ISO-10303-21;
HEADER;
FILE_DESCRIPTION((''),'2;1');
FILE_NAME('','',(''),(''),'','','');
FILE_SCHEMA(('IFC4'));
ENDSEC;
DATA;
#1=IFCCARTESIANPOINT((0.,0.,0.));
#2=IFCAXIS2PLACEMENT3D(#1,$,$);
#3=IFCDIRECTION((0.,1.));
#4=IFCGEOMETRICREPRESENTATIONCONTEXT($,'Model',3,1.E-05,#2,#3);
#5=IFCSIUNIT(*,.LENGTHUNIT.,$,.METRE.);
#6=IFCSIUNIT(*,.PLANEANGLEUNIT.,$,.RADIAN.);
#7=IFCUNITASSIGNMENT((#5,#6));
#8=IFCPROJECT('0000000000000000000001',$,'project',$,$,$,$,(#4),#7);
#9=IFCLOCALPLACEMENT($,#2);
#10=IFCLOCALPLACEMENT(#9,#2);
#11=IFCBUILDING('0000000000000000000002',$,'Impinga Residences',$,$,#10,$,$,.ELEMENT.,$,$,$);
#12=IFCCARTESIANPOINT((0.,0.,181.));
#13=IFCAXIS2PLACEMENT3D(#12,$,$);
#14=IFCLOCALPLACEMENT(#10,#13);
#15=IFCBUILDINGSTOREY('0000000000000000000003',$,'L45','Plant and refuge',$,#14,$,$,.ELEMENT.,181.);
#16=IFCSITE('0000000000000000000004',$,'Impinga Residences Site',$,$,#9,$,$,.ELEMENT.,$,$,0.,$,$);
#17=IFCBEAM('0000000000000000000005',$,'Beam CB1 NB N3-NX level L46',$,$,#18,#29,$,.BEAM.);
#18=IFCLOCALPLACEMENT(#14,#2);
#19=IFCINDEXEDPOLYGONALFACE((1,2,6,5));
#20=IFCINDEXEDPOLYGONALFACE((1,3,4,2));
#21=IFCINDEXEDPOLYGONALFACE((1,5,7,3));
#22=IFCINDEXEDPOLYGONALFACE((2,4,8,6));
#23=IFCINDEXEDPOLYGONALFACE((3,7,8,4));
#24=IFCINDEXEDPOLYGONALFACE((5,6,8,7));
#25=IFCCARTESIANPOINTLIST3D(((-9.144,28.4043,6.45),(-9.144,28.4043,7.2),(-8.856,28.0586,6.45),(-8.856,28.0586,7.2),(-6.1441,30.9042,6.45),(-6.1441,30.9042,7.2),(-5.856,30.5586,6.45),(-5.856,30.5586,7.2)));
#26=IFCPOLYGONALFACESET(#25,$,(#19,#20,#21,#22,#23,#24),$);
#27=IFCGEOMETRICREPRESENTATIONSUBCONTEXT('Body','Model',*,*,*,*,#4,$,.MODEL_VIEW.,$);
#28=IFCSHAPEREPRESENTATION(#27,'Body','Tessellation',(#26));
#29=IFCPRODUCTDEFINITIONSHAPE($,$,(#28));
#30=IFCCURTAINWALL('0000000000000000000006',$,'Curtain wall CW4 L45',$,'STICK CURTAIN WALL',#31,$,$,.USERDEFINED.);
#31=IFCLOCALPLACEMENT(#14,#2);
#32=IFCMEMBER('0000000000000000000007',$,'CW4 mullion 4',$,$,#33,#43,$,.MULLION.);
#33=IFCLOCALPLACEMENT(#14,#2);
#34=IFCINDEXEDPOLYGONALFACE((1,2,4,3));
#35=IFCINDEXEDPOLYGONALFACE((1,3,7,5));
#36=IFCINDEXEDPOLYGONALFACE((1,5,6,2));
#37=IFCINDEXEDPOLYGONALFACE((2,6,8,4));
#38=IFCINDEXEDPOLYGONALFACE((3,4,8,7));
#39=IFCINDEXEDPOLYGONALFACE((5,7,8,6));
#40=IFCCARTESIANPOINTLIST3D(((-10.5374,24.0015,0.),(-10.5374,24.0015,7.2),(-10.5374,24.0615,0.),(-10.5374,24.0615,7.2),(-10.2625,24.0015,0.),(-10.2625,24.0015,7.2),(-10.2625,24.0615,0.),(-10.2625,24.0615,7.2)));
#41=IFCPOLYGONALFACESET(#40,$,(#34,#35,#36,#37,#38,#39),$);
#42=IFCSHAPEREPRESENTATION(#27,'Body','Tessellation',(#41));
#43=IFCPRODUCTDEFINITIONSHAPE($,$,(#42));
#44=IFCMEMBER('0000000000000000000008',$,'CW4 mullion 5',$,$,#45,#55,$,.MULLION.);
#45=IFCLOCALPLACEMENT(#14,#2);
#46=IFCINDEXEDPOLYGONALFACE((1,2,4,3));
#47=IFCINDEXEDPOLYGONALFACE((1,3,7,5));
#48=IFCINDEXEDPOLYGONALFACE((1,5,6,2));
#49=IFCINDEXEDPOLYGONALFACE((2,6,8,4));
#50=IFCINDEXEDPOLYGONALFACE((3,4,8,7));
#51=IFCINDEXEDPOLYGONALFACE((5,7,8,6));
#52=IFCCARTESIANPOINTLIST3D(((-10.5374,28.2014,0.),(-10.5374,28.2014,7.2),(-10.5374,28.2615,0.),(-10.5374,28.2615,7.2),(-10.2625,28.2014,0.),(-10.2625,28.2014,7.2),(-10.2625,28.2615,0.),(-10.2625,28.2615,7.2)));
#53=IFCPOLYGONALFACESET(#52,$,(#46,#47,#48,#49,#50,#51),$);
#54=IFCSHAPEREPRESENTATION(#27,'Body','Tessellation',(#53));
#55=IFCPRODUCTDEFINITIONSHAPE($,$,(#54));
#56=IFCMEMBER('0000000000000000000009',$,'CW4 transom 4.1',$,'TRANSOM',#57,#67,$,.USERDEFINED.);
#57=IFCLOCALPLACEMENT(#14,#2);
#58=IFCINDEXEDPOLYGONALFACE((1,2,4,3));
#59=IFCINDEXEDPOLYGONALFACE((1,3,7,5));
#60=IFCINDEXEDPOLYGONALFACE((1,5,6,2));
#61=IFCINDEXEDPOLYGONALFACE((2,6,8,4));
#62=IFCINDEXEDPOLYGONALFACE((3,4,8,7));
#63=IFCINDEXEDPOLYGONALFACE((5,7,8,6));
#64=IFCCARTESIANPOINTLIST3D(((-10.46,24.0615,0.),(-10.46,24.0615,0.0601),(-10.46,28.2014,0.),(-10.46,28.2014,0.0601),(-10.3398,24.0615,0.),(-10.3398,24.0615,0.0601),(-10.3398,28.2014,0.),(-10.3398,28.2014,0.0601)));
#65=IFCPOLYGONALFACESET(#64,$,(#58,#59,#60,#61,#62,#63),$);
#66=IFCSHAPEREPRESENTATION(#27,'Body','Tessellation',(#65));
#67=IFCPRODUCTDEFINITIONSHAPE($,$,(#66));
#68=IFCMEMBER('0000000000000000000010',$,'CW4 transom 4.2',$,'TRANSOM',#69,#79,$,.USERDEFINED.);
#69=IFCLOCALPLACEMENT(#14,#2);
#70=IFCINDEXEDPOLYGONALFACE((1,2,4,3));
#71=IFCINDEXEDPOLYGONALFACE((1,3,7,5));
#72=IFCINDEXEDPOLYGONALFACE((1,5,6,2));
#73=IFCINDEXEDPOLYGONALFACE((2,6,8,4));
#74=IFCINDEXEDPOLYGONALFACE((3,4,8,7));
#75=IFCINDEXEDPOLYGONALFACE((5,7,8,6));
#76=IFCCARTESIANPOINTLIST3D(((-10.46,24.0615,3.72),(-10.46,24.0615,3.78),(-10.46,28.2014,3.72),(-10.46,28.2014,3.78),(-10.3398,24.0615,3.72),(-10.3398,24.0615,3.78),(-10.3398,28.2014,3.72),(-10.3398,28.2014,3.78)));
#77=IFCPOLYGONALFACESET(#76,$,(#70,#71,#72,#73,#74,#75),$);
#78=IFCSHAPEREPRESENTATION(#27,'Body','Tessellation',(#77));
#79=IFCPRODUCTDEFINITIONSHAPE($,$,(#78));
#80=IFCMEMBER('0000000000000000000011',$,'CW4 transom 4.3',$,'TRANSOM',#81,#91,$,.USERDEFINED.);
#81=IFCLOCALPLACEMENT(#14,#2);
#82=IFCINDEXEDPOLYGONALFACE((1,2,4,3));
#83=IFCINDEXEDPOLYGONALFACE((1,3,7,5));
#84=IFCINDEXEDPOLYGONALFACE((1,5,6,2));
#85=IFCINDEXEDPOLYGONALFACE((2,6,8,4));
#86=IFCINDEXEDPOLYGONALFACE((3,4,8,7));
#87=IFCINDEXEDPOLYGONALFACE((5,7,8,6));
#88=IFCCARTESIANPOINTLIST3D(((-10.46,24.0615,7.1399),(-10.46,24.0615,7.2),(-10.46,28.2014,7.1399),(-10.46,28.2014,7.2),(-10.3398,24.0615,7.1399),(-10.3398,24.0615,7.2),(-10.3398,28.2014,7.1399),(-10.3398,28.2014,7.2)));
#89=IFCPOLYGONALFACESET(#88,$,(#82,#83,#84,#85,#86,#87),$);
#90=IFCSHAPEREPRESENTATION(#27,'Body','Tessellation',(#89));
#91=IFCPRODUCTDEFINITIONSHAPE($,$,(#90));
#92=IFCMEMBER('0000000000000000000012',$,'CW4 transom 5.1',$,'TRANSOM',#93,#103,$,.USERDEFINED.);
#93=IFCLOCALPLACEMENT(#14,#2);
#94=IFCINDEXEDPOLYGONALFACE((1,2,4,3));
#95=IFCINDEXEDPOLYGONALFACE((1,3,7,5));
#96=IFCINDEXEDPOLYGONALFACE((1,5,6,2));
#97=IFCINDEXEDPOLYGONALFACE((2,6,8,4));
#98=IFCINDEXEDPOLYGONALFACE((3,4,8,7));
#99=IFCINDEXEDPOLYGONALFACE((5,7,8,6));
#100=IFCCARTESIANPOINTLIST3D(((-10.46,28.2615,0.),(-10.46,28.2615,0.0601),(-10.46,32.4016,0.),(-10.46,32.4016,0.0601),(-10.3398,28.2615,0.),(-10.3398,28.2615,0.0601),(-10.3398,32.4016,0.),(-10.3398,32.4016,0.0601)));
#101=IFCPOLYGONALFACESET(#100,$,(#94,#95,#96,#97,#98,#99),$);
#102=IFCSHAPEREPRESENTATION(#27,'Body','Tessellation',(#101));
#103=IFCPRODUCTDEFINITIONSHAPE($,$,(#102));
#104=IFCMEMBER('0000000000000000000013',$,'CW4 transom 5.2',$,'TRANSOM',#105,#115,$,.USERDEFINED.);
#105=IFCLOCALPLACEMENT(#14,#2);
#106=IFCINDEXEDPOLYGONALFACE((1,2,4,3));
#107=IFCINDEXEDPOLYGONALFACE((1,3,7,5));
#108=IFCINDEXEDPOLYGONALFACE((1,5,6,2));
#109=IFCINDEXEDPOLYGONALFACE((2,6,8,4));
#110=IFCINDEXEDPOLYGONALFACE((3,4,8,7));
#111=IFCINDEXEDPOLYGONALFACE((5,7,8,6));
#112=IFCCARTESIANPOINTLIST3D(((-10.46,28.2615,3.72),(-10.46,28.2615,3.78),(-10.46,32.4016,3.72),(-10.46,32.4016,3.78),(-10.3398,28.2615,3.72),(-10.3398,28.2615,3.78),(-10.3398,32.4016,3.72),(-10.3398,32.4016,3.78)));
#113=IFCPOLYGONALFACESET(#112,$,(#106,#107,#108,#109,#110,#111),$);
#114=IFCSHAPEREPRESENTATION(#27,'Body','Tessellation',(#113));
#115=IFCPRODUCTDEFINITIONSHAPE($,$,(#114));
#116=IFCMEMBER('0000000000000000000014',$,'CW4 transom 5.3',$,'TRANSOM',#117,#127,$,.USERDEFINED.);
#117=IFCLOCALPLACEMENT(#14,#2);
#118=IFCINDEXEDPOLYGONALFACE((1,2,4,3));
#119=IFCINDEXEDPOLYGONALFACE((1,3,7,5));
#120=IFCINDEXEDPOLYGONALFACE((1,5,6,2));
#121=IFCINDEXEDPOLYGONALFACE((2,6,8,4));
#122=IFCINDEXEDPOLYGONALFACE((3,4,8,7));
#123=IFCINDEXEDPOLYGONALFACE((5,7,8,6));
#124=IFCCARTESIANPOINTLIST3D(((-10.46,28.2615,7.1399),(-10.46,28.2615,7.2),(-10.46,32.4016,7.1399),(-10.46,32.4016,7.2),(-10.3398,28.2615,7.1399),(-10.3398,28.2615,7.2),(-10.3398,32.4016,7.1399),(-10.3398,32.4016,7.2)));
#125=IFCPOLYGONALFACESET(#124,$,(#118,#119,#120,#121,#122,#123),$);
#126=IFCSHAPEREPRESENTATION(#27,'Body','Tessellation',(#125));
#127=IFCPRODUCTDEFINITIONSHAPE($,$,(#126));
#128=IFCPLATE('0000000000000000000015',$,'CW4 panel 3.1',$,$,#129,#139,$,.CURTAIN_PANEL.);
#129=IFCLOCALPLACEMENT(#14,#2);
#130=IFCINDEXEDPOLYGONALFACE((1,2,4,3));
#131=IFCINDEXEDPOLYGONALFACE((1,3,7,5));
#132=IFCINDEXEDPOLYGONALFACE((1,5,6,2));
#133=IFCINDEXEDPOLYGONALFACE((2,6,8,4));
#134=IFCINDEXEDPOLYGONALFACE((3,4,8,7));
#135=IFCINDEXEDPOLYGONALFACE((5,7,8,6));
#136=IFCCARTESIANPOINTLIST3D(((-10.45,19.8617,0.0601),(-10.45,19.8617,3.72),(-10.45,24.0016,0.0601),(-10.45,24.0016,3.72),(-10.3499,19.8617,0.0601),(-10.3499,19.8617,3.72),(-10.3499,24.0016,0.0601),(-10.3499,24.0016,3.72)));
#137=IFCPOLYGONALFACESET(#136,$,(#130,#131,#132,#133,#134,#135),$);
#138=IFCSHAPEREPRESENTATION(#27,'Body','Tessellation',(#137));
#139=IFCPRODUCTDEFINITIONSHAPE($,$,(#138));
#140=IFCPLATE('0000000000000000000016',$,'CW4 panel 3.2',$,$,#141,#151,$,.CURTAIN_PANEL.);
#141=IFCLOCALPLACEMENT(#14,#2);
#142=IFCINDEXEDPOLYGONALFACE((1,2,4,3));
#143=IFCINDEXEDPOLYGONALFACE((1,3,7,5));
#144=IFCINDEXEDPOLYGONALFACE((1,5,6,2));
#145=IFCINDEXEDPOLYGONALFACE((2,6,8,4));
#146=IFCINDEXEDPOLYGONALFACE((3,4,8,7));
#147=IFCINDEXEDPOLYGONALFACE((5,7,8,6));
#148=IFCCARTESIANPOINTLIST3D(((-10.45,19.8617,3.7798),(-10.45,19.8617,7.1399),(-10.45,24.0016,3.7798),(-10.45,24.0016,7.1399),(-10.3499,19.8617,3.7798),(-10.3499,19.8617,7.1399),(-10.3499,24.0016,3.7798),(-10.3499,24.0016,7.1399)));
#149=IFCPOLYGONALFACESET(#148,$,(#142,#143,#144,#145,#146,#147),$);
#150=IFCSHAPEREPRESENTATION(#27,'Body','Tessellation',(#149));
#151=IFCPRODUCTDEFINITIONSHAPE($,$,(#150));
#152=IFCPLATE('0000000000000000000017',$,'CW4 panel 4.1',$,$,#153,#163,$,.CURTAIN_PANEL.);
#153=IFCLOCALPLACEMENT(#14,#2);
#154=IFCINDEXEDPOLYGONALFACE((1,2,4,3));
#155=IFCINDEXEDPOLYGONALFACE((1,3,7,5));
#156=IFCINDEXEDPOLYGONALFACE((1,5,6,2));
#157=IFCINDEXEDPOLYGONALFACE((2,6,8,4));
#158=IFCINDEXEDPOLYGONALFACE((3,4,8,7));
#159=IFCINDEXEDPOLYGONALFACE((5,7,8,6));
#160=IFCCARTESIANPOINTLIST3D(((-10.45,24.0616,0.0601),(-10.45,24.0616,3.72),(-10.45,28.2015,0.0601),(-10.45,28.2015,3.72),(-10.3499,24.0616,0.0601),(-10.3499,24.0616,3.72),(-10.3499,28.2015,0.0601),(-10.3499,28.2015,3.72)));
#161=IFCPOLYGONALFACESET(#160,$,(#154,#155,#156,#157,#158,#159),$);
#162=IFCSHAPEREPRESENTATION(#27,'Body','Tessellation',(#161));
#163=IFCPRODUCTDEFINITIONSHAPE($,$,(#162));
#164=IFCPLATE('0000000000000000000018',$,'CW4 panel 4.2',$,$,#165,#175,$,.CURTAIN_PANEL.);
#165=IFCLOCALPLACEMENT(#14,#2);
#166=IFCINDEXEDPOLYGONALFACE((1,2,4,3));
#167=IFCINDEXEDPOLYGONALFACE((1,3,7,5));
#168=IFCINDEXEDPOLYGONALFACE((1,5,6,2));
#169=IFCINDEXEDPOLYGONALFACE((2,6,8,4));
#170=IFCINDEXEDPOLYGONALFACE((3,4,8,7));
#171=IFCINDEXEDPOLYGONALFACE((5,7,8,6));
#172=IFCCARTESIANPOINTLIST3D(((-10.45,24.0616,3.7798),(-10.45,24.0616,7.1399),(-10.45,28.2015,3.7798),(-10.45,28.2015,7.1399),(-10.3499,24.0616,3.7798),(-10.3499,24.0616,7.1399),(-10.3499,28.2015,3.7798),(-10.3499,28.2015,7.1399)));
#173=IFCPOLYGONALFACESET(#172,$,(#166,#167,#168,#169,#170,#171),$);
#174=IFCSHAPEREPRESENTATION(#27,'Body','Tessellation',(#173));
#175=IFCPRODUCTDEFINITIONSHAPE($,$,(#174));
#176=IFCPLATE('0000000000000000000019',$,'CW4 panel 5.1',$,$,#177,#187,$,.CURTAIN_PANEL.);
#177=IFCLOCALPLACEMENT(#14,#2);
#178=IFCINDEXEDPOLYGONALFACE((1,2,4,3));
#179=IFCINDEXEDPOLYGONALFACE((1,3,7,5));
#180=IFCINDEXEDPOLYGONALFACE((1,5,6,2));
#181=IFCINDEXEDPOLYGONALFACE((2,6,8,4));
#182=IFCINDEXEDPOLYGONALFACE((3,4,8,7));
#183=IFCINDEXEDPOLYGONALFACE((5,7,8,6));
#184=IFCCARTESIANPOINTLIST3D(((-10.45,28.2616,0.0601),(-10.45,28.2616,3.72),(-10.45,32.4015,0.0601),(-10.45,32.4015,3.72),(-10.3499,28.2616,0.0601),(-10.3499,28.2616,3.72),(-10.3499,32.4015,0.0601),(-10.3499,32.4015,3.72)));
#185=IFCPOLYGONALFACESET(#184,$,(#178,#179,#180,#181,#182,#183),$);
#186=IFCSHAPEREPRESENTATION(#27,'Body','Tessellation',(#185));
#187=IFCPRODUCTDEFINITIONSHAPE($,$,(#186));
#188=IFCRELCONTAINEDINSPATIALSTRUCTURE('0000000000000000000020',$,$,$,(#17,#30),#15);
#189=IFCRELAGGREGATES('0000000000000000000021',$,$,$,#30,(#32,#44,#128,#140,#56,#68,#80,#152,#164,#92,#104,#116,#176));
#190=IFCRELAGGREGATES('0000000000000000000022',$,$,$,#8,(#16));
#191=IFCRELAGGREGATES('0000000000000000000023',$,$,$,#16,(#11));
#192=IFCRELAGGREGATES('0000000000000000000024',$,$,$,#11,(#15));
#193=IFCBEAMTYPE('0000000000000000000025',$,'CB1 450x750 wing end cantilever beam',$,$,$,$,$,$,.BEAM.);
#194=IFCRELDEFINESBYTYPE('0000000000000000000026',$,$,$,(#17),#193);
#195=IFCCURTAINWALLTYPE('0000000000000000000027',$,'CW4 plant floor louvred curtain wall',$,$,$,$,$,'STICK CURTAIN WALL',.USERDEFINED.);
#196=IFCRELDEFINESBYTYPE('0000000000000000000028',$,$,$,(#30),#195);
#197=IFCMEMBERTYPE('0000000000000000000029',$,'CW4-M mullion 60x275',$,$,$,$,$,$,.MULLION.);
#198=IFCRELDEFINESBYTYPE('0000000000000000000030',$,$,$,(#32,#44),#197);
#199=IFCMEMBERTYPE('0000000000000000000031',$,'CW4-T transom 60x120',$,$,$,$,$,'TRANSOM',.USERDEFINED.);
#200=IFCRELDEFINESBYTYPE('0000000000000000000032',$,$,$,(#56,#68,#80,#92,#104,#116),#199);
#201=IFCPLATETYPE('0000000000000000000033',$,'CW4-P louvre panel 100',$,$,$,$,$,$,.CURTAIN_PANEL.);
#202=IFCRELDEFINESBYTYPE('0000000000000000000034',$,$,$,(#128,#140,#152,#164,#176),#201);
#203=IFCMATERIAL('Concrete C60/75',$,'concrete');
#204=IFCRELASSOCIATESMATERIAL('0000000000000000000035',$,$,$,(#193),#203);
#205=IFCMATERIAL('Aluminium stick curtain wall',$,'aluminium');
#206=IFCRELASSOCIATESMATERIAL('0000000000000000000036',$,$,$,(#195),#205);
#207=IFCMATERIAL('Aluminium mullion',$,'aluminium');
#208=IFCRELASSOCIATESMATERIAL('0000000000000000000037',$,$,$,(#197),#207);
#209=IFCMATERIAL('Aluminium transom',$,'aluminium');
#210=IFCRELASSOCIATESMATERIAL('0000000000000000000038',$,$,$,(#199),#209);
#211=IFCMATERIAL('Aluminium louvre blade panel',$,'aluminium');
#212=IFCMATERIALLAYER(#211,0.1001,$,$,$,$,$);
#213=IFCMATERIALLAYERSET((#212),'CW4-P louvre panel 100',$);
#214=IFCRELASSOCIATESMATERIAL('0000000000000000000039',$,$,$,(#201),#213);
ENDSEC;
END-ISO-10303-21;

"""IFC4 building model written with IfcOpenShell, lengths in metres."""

from ifc_helpers import new_model, si_unit, direction, frame, origin, origin_2d, place, context, subcontext, project, spatial, rectangle, extrude, material, layer, layer_set, material_profile, profile_set, type_object, element, aggregate, save


model = new_model("IFC4")

# Units and contexts
model_context = context("Model", 3, precision=1e-05, world=origin(), true_north=direction((0.0, 1.0)))
body_context = subcontext(model_context, "Body", "Model", "MODEL_VIEW")
ifc_project = project(units=[si_unit("LENGTHUNIT", "METRE"), si_unit("PLANEANGLEUNIT", "RADIAN")], contexts=[model_context])

# Site, building, storey
site_placement = place(None, origin())
site = spatial("IfcSite", under=ifc_project, at=site_placement, Name="Impinga Residences Site", CompositionType="ELEMENT", RefElevation=0.0)
building_placement = place(site_placement, origin())
building = spatial("IfcBuilding", under=site, at=building_placement, Name="Impinga Residences", CompositionType="ELEMENT")
storey_placement = place(building_placement, frame((0.0, 0.0, 181.0)))
storey = spatial("IfcBuildingStorey", under=building, at=storey_placement, Name="L45", Description="Plant and refuge", CompositionType="ELEMENT", Elevation=181.0)

# Shared definitions
ifc_material_1 = material(Name="Concrete C60/75", Category="concrete")

# Beam
ifc_material_profile_1 = material_profile(ifc_material_1, rectangle(XDim=0.45, YDim=0.75, at=origin_2d()), Name="RC 450x750")
ifc_profile_set_1 = profile_set([ifc_material_profile_1], Name="Concrete C60/75")
beam_type = type_object("IfcBeamType", Name="CB1 450x750 wing end cantilever beam", PredefinedType="BEAM", material=ifc_profile_set_1)
beam_placement = place(storey_placement, frame((-9.0, 28.2314, 6.825), z_axis=(0.768221, 0.640184, 0.0), x_axis=(-0.640184, 0.768221, 0.0)))
element("IfcBeam", 1, at=beam_placement, inside=storey, type_object=beam_type, Name="Beam CB1 NB N3-NX level L46", PredefinedType="BEAM", context=body_context, shape_type="SweptSolid", body=[
    extrude(rectangle(XDim=0.45, YDim=0.75, at=origin_2d()), origin(), (0.0, 0.0, 1.0), 3.905),
])

# Curtain wall, members, plates
ifc_material_2 = material(Name="Aluminium stick curtain wall", Category="aluminium")
curtain_wall_type = type_object("IfcCurtainWallType", Name="CW4 plant floor louvred curtain wall", ElementType="STICK CURTAIN WALL", PredefinedType="USERDEFINED", material=ifc_material_2)
curtain_wall_placement = place(storey_placement, origin())
curtain_wall = element("IfcCurtainWall", 2, at=curtain_wall_placement, inside=storey, type_object=curtain_wall_type, Name="Curtain wall CW4 L45", ObjectType="STICK CURTAIN WALL", PredefinedType="USERDEFINED")
ifc_material_3 = material(Name="Aluminium mullion", Category="aluminium")
ifc_material_profile_2 = material_profile(ifc_material_3, rectangle(XDim=0.0601, YDim=0.2749, at=origin_2d()), Name="60x275 mullion")
ifc_profile_set_2 = profile_set([ifc_material_profile_2], Name="Aluminium mullion")
member_type_1 = type_object("IfcMemberType", Name="CW4-M mullion 60x275", PredefinedType="MULLION", material=ifc_profile_set_2)
member_1_placement = place(storey_placement, frame((-10.3999, 24.0315, 0.0), z_axis=(0.0, 0.0, 1.0), x_axis=(0.0, 1.0, 0.0)))
member_1 = element("IfcMember", 3, at=member_1_placement, type_object=member_type_1, Name="CW4 mullion 4", PredefinedType="MULLION", context=body_context, shape_type="SweptSolid", body=[
    extrude(rectangle(XDim=0.0601, YDim=0.2749, at=origin_2d()), origin(), (0.0, 0.0, 1.0), 7.2),
])
member_2_placement = place(storey_placement, frame((-10.3999, 28.2314, 0.0), z_axis=(0.0, 0.0, 1.0), x_axis=(0.0, 1.0, 0.0)))
member_2 = element("IfcMember", 4, at=member_2_placement, type_object=member_type_1, Name="CW4 mullion 5", PredefinedType="MULLION", context=body_context, shape_type="SweptSolid", body=[
    extrude(rectangle(XDim=0.0601, YDim=0.2749, at=origin_2d()), origin(), (0.0, 0.0, 1.0), 7.2),
])
ifc_material_4 = material(Name="Aluminium transom", Category="aluminium")
ifc_material_profile_3 = material_profile(ifc_material_4, rectangle(XDim=0.0601, YDim=0.1201, at=origin_2d()), Name="60x120 transom")
ifc_profile_set_3 = profile_set([ifc_material_profile_3], Name="Aluminium transom")
member_type_2 = type_object("IfcMemberType", Name="CW4-T transom 60x120", ElementType="TRANSOM", PredefinedType="USERDEFINED", material=ifc_profile_set_3)
member_3_placement = place(storey_placement, frame((-10.3999, 24.0615, 0.03), z_axis=(0.0, 1.0, 0.0), x_axis=(0.0, 0.0, 1.0)))
member_3 = element("IfcMember", 5, at=member_3_placement, type_object=member_type_2, Name="CW4 transom 4.1", ObjectType="TRANSOM", PredefinedType="USERDEFINED", context=body_context, shape_type="SweptSolid", body=[
    extrude(rectangle(XDim=0.0601, YDim=0.1201, at=origin_2d()), origin(), (0.0, 0.0, 1.0), 4.1399),
])
member_4_placement = place(storey_placement, frame((-10.3999, 24.0615, 3.75), z_axis=(0.0, 1.0, 0.0), x_axis=(0.0, 0.0, 1.0)))
member_4 = element("IfcMember", 6, at=member_4_placement, type_object=member_type_2, Name="CW4 transom 4.2", ObjectType="TRANSOM", PredefinedType="USERDEFINED", context=body_context, shape_type="SweptSolid", body=[
    extrude(rectangle(XDim=0.0601, YDim=0.1201, at=origin_2d()), origin(), (0.0, 0.0, 1.0), 4.1399),
])
member_5_placement = place(storey_placement, frame((-10.3999, 24.0615, 7.1699), z_axis=(0.0, 1.0, 0.0), x_axis=(0.0, 0.0, 1.0)))
member_5 = element("IfcMember", 7, at=member_5_placement, type_object=member_type_2, Name="CW4 transom 4.3", ObjectType="TRANSOM", PredefinedType="USERDEFINED", context=body_context, shape_type="SweptSolid", body=[
    extrude(rectangle(XDim=0.0601, YDim=0.1201, at=origin_2d()), origin(), (0.0, 0.0, 1.0), 4.1399),
])
member_6_placement = place(storey_placement, frame((-10.3999, 28.2615, 0.03), z_axis=(0.0, 1.0, 0.0), x_axis=(0.0, 0.0, 1.0)))
member_6 = element("IfcMember", 8, at=member_6_placement, type_object=member_type_2, Name="CW4 transom 5.1", ObjectType="TRANSOM", PredefinedType="USERDEFINED", context=body_context, shape_type="SweptSolid", body=[
    extrude(rectangle(XDim=0.0601, YDim=0.1201, at=origin_2d()), origin(), (0.0, 0.0, 1.0), 4.1401),
])
member_7_placement = place(storey_placement, frame((-10.3999, 28.2615, 3.75), z_axis=(0.0, 1.0, 0.0), x_axis=(0.0, 0.0, 1.0)))
member_7 = element("IfcMember", 9, at=member_7_placement, type_object=member_type_2, Name="CW4 transom 5.2", ObjectType="TRANSOM", PredefinedType="USERDEFINED", context=body_context, shape_type="SweptSolid", body=[
    extrude(rectangle(XDim=0.0601, YDim=0.1201, at=origin_2d()), origin(), (0.0, 0.0, 1.0), 4.1401),
])
member_8_placement = place(storey_placement, frame((-10.3999, 28.2615, 7.1699), z_axis=(0.0, 1.0, 0.0), x_axis=(0.0, 0.0, 1.0)))
member_8 = element("IfcMember", 10, at=member_8_placement, type_object=member_type_2, Name="CW4 transom 5.3", ObjectType="TRANSOM", PredefinedType="USERDEFINED", context=body_context, shape_type="SweptSolid", body=[
    extrude(rectangle(XDim=0.0601, YDim=0.1201, at=origin_2d()), origin(), (0.0, 0.0, 1.0), 4.1401),
])
ifc_material_5 = material(Name="Aluminium louvre blade panel", Category="aluminium")
ifc_layer_1 = layer(ifc_material_5, 0.1001)
ifc_layer_set_1 = layer_set([ifc_layer_1], Name="CW4-P louvre panel 100")
plate_type = type_object("IfcPlateType", Name="CW4-P louvre panel 100", PredefinedType="CURTAIN_PANEL", material=ifc_layer_set_1)
plate_1_placement = place(storey_placement, frame((-10.3999, 21.9316, 0.0601), z_axis=(0.0, 0.0, 1.0), x_axis=(0.0, 1.0, 0.0)))
plate_1 = element("IfcPlate", 11, at=plate_1_placement, type_object=plate_type, Name="CW4 panel 3.1", PredefinedType="CURTAIN_PANEL", context=body_context, shape_type="SweptSolid", body=[
    extrude(rectangle(XDim=4.1399, YDim=0.1001, at=origin_2d()), origin(), (0.0, 0.0, 1.0), 3.6599),
])
plate_2_placement = place(storey_placement, frame((-10.3999, 21.9316, 3.7798), z_axis=(0.0, 0.0, 1.0), x_axis=(0.0, 1.0, 0.0)))
plate_2 = element("IfcPlate", 12, at=plate_2_placement, type_object=plate_type, Name="CW4 panel 3.2", PredefinedType="CURTAIN_PANEL", context=body_context, shape_type="SweptSolid", body=[
    extrude(rectangle(XDim=4.1399, YDim=0.1001, at=origin_2d()), origin(), (0.0, 0.0, 1.0), 3.3601),
])
plate_3_placement = place(storey_placement, frame((-10.3999, 26.1316, 0.0601), z_axis=(0.0, 0.0, 1.0), x_axis=(0.0, 1.0, 0.0)))
plate_3 = element("IfcPlate", 13, at=plate_3_placement, type_object=plate_type, Name="CW4 panel 4.1", PredefinedType="CURTAIN_PANEL", context=body_context, shape_type="SweptSolid", body=[
    extrude(rectangle(XDim=4.1399, YDim=0.1001, at=origin_2d()), origin(), (0.0, 0.0, 1.0), 3.6599),
])
plate_4_placement = place(storey_placement, frame((-10.3999, 26.1316, 3.7798), z_axis=(0.0, 0.0, 1.0), x_axis=(0.0, 1.0, 0.0)))
plate_4 = element("IfcPlate", 14, at=plate_4_placement, type_object=plate_type, Name="CW4 panel 4.2", PredefinedType="CURTAIN_PANEL", context=body_context, shape_type="SweptSolid", body=[
    extrude(rectangle(XDim=4.1399, YDim=0.1001, at=origin_2d()), origin(), (0.0, 0.0, 1.0), 3.3601),
])
plate_5_placement = place(storey_placement, frame((-10.3999, 30.3315, 0.0601), z_axis=(0.0, 0.0, 1.0), x_axis=(0.0, 1.0, 0.0)))
plate_5 = element("IfcPlate", 15, at=plate_5_placement, type_object=plate_type, Name="CW4 panel 5.1", PredefinedType="CURTAIN_PANEL", context=body_context, shape_type="SweptSolid", body=[
    extrude(rectangle(XDim=4.1399, YDim=0.1001, at=origin_2d()), origin(), (0.0, 0.0, 1.0), 3.6599),
])
aggregate(curtain_wall, [member_1, member_2, plate_1, plate_2, member_3, member_4, member_5, plate_3, plate_4, member_6, member_7, member_8, plate_5])

save(model, "model.ifc")
